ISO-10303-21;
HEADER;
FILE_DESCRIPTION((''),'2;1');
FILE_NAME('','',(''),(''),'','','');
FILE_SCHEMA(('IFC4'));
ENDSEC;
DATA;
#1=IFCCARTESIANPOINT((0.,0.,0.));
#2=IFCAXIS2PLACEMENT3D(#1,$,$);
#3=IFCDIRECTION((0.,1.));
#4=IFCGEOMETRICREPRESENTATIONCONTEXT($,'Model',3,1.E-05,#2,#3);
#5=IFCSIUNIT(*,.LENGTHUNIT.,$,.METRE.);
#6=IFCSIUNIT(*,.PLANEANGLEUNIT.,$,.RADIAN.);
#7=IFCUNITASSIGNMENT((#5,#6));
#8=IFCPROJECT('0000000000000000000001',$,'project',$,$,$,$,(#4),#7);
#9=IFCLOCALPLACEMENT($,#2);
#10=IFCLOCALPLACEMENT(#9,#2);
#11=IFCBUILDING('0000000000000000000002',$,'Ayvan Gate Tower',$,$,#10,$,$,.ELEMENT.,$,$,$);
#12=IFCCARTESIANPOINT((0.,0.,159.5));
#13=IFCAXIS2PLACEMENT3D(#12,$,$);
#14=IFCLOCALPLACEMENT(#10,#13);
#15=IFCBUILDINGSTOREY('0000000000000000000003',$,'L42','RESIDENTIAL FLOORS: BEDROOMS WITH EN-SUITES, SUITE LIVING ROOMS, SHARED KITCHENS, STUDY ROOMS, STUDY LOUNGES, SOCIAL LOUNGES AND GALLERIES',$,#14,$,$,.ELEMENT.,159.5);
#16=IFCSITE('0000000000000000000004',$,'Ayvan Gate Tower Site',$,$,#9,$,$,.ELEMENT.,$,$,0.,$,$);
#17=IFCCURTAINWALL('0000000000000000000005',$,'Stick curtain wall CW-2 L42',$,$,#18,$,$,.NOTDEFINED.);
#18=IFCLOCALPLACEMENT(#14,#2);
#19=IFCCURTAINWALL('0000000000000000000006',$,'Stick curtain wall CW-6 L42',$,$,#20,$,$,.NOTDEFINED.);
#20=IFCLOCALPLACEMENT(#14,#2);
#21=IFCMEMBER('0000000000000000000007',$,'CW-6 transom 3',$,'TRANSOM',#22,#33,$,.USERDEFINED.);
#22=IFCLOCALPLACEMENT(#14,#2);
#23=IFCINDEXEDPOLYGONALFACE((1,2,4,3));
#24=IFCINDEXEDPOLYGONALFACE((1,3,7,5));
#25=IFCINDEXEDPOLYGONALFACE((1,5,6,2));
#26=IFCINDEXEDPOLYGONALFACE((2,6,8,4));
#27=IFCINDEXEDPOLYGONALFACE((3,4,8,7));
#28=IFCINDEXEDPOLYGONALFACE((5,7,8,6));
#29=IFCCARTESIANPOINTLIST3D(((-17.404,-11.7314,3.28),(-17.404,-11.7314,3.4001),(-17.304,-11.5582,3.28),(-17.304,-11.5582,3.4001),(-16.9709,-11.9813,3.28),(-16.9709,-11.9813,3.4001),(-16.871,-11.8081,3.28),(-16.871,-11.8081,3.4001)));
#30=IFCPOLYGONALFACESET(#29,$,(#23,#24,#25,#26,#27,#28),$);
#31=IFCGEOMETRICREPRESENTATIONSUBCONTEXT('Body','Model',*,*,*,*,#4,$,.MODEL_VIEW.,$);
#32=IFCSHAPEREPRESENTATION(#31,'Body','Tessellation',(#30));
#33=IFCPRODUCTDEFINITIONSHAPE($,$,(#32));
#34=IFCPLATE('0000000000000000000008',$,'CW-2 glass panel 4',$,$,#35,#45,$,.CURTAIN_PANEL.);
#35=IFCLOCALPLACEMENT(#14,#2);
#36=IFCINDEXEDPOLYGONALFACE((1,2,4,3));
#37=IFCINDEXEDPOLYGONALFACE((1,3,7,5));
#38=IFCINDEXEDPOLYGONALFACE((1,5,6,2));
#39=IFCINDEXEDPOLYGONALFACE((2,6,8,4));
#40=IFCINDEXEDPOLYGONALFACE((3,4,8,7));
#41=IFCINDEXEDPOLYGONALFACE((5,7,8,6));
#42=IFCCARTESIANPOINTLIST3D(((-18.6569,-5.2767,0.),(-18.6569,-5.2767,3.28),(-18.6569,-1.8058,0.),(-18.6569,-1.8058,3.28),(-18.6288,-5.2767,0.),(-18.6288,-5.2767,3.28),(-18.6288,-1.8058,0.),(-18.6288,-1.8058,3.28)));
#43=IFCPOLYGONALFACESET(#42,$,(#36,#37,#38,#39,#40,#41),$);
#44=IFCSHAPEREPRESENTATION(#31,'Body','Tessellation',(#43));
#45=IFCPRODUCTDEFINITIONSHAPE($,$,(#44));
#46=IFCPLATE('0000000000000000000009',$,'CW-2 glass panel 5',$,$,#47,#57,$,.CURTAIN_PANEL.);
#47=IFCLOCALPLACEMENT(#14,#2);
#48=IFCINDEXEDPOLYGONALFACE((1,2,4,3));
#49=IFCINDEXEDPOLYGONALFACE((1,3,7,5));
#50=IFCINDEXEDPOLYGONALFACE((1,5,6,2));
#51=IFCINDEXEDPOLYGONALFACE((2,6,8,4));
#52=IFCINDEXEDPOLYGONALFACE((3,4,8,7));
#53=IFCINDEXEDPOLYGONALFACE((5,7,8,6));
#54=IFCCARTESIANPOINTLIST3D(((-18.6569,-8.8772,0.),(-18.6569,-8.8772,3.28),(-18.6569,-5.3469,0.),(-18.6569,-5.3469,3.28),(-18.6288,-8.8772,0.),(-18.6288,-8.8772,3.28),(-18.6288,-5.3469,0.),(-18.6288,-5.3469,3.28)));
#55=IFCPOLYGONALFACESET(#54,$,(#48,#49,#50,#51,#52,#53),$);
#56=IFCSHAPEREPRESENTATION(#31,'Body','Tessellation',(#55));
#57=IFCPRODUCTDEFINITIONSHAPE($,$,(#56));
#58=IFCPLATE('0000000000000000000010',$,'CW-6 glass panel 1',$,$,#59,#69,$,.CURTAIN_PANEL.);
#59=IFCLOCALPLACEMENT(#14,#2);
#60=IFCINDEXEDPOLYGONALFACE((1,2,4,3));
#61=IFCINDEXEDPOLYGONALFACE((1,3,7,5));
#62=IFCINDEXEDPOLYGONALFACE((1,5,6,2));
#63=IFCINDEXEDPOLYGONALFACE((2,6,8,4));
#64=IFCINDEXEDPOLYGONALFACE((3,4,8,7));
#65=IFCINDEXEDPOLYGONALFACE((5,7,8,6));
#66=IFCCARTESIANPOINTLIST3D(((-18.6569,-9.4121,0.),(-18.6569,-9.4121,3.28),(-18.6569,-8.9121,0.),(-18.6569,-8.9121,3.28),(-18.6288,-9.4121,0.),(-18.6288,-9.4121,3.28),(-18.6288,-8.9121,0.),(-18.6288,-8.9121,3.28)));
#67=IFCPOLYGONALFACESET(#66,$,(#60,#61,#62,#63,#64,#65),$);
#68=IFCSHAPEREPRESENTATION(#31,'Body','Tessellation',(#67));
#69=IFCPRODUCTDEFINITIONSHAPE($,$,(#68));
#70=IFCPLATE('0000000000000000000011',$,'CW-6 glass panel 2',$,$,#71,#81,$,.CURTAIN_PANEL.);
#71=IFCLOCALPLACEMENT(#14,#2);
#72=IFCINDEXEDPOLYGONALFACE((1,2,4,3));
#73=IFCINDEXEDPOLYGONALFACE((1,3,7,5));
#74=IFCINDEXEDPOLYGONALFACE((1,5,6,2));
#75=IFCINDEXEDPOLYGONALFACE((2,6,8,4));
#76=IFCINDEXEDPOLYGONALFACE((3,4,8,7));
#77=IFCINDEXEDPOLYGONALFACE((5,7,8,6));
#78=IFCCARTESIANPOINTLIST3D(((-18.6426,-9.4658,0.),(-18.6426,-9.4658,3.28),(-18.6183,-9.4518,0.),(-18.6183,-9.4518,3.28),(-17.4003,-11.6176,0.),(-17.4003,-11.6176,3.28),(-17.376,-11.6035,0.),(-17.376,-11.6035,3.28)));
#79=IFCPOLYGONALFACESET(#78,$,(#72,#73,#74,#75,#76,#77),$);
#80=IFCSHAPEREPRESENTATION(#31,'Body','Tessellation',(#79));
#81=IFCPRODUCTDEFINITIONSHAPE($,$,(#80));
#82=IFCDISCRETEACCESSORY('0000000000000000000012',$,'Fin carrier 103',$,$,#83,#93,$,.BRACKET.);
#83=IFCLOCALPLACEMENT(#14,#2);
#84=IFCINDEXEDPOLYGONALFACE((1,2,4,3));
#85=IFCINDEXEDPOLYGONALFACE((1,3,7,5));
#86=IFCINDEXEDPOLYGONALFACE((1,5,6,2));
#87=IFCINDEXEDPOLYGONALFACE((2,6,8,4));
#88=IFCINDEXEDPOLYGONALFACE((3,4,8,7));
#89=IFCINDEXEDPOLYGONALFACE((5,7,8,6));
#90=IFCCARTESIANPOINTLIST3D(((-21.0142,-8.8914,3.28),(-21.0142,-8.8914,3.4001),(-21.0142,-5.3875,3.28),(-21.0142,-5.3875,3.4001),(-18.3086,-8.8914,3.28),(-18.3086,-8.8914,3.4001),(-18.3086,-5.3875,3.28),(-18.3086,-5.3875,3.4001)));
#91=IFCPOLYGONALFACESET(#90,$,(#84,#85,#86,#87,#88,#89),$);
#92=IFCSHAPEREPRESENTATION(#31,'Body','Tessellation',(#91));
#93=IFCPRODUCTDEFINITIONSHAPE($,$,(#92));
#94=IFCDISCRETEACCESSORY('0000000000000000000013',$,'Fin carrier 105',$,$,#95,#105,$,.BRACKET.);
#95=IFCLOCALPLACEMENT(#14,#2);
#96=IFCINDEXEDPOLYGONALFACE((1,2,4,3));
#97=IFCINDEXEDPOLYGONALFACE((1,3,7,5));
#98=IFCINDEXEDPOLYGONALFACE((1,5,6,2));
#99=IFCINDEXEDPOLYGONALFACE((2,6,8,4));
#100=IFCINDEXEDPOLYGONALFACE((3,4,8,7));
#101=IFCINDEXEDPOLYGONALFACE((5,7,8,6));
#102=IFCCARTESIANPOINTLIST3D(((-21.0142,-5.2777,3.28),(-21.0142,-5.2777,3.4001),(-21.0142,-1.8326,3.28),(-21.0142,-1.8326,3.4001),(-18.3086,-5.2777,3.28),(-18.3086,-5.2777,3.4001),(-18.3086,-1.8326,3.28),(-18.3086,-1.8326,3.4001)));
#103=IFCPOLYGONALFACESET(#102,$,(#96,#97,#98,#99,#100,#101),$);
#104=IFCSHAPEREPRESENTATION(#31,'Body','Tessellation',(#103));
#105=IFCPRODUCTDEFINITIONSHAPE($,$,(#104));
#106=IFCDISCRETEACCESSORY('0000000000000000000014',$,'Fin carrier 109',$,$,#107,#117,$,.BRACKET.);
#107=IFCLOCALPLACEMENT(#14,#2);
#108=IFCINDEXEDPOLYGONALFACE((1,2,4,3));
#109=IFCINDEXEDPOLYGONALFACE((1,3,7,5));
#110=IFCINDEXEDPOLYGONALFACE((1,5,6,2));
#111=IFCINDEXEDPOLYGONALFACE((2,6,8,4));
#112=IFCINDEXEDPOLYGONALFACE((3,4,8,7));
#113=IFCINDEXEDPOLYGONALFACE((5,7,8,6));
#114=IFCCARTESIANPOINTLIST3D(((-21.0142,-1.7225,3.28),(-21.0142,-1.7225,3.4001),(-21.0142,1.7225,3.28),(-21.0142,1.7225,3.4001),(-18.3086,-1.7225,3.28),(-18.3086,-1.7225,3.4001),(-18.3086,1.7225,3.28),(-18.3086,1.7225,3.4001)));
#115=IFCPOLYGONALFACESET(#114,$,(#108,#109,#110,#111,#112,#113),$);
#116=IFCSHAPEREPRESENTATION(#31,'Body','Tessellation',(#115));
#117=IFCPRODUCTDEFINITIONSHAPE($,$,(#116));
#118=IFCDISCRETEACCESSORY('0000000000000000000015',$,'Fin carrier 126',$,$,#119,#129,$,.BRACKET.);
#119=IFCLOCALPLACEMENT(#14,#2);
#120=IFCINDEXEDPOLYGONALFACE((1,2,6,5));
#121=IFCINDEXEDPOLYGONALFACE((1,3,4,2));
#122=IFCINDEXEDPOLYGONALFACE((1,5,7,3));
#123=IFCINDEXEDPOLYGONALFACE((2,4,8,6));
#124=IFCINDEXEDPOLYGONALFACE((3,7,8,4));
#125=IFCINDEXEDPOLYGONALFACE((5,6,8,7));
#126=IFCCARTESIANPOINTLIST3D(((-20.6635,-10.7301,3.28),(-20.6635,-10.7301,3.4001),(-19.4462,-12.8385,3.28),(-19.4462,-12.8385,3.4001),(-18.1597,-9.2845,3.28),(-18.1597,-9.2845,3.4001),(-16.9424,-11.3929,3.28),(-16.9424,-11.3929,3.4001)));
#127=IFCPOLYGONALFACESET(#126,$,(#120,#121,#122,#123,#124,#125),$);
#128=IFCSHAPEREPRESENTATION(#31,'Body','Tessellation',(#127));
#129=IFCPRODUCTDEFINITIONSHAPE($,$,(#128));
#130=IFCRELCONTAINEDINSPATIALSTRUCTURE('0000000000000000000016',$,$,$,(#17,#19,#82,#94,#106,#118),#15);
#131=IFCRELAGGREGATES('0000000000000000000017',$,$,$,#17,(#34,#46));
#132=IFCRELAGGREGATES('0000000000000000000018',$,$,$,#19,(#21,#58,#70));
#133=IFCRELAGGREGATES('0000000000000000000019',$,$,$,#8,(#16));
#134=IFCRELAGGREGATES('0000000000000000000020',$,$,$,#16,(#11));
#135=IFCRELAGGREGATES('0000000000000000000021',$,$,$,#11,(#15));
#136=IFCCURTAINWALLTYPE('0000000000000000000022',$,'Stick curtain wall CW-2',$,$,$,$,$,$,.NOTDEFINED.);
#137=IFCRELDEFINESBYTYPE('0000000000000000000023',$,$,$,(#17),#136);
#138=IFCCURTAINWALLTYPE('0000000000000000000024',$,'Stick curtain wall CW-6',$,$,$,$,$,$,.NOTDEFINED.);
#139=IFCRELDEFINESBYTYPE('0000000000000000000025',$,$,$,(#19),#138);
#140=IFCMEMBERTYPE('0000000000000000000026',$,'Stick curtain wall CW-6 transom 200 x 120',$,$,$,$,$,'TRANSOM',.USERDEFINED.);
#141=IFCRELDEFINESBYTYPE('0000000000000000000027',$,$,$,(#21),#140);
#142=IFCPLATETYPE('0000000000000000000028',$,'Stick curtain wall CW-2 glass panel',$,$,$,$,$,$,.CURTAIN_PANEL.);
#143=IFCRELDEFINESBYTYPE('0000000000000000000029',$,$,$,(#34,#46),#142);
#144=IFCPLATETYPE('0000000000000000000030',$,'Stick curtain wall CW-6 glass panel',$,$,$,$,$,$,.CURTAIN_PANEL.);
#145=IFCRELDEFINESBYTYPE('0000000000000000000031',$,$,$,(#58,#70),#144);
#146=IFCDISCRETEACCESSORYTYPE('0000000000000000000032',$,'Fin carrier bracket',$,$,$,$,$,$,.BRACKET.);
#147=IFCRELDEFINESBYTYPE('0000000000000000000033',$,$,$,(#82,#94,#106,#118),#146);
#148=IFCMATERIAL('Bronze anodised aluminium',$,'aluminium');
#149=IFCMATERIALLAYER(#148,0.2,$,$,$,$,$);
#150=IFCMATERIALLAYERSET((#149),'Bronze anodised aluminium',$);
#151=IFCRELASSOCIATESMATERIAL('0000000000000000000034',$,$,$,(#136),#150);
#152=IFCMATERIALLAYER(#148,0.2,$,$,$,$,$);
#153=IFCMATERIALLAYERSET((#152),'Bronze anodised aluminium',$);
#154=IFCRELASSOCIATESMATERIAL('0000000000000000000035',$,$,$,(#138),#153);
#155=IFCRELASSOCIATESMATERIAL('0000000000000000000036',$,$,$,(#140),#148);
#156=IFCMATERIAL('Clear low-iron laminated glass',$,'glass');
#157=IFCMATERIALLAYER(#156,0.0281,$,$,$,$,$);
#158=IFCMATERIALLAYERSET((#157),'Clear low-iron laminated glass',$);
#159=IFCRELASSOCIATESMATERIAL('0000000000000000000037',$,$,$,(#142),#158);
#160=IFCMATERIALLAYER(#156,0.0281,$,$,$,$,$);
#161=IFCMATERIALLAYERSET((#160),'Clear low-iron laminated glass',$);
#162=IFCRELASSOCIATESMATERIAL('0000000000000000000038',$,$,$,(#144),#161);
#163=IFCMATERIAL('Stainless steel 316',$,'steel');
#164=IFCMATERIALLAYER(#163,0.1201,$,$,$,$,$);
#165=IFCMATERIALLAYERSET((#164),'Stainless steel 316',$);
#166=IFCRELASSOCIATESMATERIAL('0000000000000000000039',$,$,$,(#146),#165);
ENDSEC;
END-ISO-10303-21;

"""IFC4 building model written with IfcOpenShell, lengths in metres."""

from ifc_helpers import new_model, si_unit, direction, frame, origin, origin_2d, place, context, subcontext, project, spatial, rectangle, extrude, material, layer, layer_set, material_profile, profile_set, type_object, element, aggregate, save


model = new_model("IFC4")

# Units and contexts
model_context = context("Model", 3, precision=1e-05, world=origin(), true_north=direction((0.0, 1.0)))
body_context = subcontext(model_context, "Body", "Model", "MODEL_VIEW")
ifc_project = project(units=[si_unit("LENGTHUNIT", "METRE"), si_unit("PLANEANGLEUNIT", "RADIAN")], contexts=[model_context])

# Site, building, storey
site_placement = place(None, origin())
site = spatial("IfcSite", under=ifc_project, at=site_placement, Name="Ayvan Gate Tower Site", CompositionType="ELEMENT", RefElevation=0.0)
building_placement = place(site_placement, origin())
building = spatial("IfcBuilding", under=site, at=building_placement, Name="Ayvan Gate Tower", CompositionType="ELEMENT")
storey_placement = place(building_placement, frame((0.0, 0.0, 159.5)))
storey = spatial("IfcBuildingStorey", under=building, at=storey_placement, Name="L42", Description="RESIDENTIAL FLOORS: BEDROOMS WITH EN-SUITES, SUITE LIVING ROOMS, SHARED KITCHENS, STUDY ROOMS, STUDY LOUNGES, SOCIAL LOUNGES AND GALLERIES", CompositionType="ELEMENT", Elevation=159.5)

# Curtain walls, member
ifc_material_1 = material(Name="Bronze anodised aluminium", Category="aluminium")
ifc_layer_1 = layer(ifc_material_1, 0.2)
ifc_layer_set_1 = layer_set([ifc_layer_1], Name="Bronze anodised aluminium")
curtain_wall_type_1 = type_object("IfcCurtainWallType", Name="Stick curtain wall CW-2", PredefinedType="NOTDEFINED", material=ifc_layer_set_1)
curtain_wall_1_placement = place(storey_placement, origin())
curtain_wall_1 = element("IfcCurtainWall", 1, at=curtain_wall_1_placement, inside=storey, type_object=curtain_wall_type_1, Name="Stick curtain wall CW-2 L42", PredefinedType="NOTDEFINED")
ifc_layer_2 = layer(ifc_material_1, 0.2)
ifc_layer_set_2 = layer_set([ifc_layer_2], Name="Bronze anodised aluminium")
curtain_wall_type_2 = type_object("IfcCurtainWallType", Name="Stick curtain wall CW-6", PredefinedType="NOTDEFINED", material=ifc_layer_set_2)
curtain_wall_2_placement = place(storey_placement, origin())
curtain_wall_2 = element("IfcCurtainWall", 2, at=curtain_wall_2_placement, inside=storey, type_object=curtain_wall_type_2, Name="Stick curtain wall CW-6 L42", PredefinedType="NOTDEFINED")
ifc_material_profile_1 = material_profile(ifc_material_1, rectangle(XDim=0.2, YDim=0.1201, at=origin_2d()), Name="Stick curtain wall CW-6 transom 200 x 120")
ifc_profile_set_1 = profile_set([ifc_material_profile_1], Name="Bronze anodised aluminium")
member_type_1 = type_object("IfcMemberType", Name="Stick curtain wall CW-6 transom 200 x 120", ElementType="TRANSOM", PredefinedType="USERDEFINED", material=ifc_profile_set_1)
member_1_placement = place(storey_placement, frame((-17.354, -11.6448, 3.3401), z_axis=(0.866072, -0.49992, 0.0), x_axis=(0.49992, 0.866072, 0.0)))
member_1 = element("IfcMember", 3, at=member_1_placement, type_object=member_type_1, Name="CW-6 transom 3", ObjectType="TRANSOM", PredefinedType="USERDEFINED", context=body_context, shape_type="SweptSolid", body=[
    extrude(rectangle(XDim=0.2, YDim=0.1201, at=origin_2d()), origin(), (0.0, 0.0, 1.0), 0.5),
])

# Plates
ifc_material_2 = material(Name="Clear low-iron laminated glass", Category="glass")
ifc_layer_3 = layer(ifc_material_2, 0.0281)
ifc_layer_set_3 = layer_set([ifc_layer_3], Name="Clear low-iron laminated glass")
plate_type_1 = type_object("IfcPlateType", Name="Stick curtain wall CW-2 glass panel", PredefinedType="CURTAIN_PANEL", material=ifc_layer_set_3)
plate_1_placement = place(storey_placement, frame((-18.6428, -3.5413, 0.0), z_axis=(0.0, 0.0, 1.0), x_axis=(0.0, -1.0, 0.0)))
plate_1 = element("IfcPlate", 4, at=plate_1_placement, type_object=plate_type_1, Name="CW-2 glass panel 4", PredefinedType="CURTAIN_PANEL", context=body_context, shape_type="SweptSolid", body=[
    extrude(rectangle(XDim=3.4709, YDim=0.0281, at=origin_2d()), origin(), (0.0, 0.0, 1.0), 3.28),
])
plate_2_placement = place(storey_placement, frame((-18.6428, -7.1121, 0.0), z_axis=(0.0, 0.0, 1.0), x_axis=(0.0, -1.0, 0.0)))
plate_2 = element("IfcPlate", 5, at=plate_2_placement, type_object=plate_type_1, Name="CW-2 glass panel 5", PredefinedType="CURTAIN_PANEL", context=body_context, shape_type="SweptSolid", body=[
    extrude(rectangle(XDim=3.5303, YDim=0.0281, at=origin_2d()), origin(), (0.0, 0.0, 1.0), 3.28),
])
aggregate(curtain_wall_1, [plate_1, plate_2])
ifc_layer_4 = layer(ifc_material_2, 0.0281)
ifc_layer_set_4 = layer_set([ifc_layer_4], Name="Clear low-iron laminated glass")
plate_type_2 = type_object("IfcPlateType", Name="Stick curtain wall CW-6 glass panel", PredefinedType="CURTAIN_PANEL", material=ifc_layer_set_4)
plate_3_placement = place(storey_placement, frame((-18.6428, -9.1621, 0.0), z_axis=(0.0, 0.0, 1.0), x_axis=(0.0, -1.0, 0.0)))
plate_3 = element("IfcPlate", 6, at=plate_3_placement, type_object=plate_type_2, Name="CW-6 glass panel 1", PredefinedType="CURTAIN_PANEL", context=body_context, shape_type="SweptSolid", body=[
    extrude(rectangle(XDim=0.5, YDim=0.0281, at=origin_2d()), origin(), (0.0, 0.0, 1.0), 3.28),
])
plate_4_placement = place(storey_placement, frame((-18.0093, -10.5347, 0.0), z_axis=(0.0, 0.0, 1.0), x_axis=(0.5, -0.866025, 0.0)))
plate_4 = element("IfcPlate", 7, at=plate_4_placement, type_object=plate_type_2, Name="CW-6 glass panel 2", PredefinedType="CURTAIN_PANEL", context=body_context, shape_type="SweptSolid", body=[
    extrude(rectangle(XDim=2.4846, YDim=0.0281, at=origin_2d()), origin(), (0.0, 0.0, 1.0), 3.28),
])
aggregate(curtain_wall_2, [member_1, plate_3, plate_4])

# Discrete accessories
ifc_material_3 = material(Name="Stainless steel 316", Category="steel")
ifc_layer_5 = layer(ifc_material_3, 0.1201)
ifc_layer_set_5 = layer_set([ifc_layer_5], Name="Stainless steel 316")
discrete_accessory_type = type_object("IfcDiscreteAccessoryType", Name="Fin carrier bracket", PredefinedType="BRACKET", material=ifc_layer_set_5)
discrete_accessory_1_placement = place(storey_placement, frame((-19.6614, -7.1394, 3.28), z_axis=(0.0, 0.0, 1.0), x_axis=(0.0, -1.0, 0.0)))
element("IfcDiscreteAccessory", 8, at=discrete_accessory_1_placement, inside=storey, type_object=discrete_accessory_type, Name="Fin carrier 103", PredefinedType="BRACKET", context=body_context, shape_type="SweptSolid", body=[
    extrude(rectangle(XDim=3.5039, YDim=2.7056, at=origin_2d()), origin(), (0.0, 0.0, 1.0), 0.1201),
])
for number, where, z_axis, x_axis, name in (
    (9, (-19.6614, -3.5552, 3.28), (0.0, 0.0, 1.0), (0.0, -1.0, 0.0), "Fin carrier 105"),
    (10, (-19.6614, 0.0, 3.28), (0.0, 0.0, 1.0), (0.0, -1.0, 0.0), "Fin carrier 109"),
):
    element("IfcDiscreteAccessory", number, at=place(storey_placement, frame(where, z_axis=z_axis, x_axis=x_axis)), inside=storey, type_object=discrete_accessory_type, Name=name, PredefinedType="BRACKET", context=body_context, shape_type="SweptSolid", body=[
        extrude(rectangle(XDim=3.4451, YDim=2.7056, at=origin_2d()), origin(), (0.0, 0.0, 1.0), 0.1201),
    ])
discrete_accessory_2_placement = place(storey_placement, frame((-18.803, -11.0615, 3.28), z_axis=(0.0, 0.0, 1.0), x_axis=(0.5, -0.866025, 0.0)))
element("IfcDiscreteAccessory", 11, at=discrete_accessory_2_placement, inside=storey, type_object=discrete_accessory_type, Name="Fin carrier 126", PredefinedType="BRACKET", context=body_context, shape_type="SweptSolid", body=[
    extrude(rectangle(XDim=2.4346, YDim=2.8911, at=origin_2d()), origin(), (0.0, 0.0, 1.0), 0.1201),
])

save(model, "model.ifc")
